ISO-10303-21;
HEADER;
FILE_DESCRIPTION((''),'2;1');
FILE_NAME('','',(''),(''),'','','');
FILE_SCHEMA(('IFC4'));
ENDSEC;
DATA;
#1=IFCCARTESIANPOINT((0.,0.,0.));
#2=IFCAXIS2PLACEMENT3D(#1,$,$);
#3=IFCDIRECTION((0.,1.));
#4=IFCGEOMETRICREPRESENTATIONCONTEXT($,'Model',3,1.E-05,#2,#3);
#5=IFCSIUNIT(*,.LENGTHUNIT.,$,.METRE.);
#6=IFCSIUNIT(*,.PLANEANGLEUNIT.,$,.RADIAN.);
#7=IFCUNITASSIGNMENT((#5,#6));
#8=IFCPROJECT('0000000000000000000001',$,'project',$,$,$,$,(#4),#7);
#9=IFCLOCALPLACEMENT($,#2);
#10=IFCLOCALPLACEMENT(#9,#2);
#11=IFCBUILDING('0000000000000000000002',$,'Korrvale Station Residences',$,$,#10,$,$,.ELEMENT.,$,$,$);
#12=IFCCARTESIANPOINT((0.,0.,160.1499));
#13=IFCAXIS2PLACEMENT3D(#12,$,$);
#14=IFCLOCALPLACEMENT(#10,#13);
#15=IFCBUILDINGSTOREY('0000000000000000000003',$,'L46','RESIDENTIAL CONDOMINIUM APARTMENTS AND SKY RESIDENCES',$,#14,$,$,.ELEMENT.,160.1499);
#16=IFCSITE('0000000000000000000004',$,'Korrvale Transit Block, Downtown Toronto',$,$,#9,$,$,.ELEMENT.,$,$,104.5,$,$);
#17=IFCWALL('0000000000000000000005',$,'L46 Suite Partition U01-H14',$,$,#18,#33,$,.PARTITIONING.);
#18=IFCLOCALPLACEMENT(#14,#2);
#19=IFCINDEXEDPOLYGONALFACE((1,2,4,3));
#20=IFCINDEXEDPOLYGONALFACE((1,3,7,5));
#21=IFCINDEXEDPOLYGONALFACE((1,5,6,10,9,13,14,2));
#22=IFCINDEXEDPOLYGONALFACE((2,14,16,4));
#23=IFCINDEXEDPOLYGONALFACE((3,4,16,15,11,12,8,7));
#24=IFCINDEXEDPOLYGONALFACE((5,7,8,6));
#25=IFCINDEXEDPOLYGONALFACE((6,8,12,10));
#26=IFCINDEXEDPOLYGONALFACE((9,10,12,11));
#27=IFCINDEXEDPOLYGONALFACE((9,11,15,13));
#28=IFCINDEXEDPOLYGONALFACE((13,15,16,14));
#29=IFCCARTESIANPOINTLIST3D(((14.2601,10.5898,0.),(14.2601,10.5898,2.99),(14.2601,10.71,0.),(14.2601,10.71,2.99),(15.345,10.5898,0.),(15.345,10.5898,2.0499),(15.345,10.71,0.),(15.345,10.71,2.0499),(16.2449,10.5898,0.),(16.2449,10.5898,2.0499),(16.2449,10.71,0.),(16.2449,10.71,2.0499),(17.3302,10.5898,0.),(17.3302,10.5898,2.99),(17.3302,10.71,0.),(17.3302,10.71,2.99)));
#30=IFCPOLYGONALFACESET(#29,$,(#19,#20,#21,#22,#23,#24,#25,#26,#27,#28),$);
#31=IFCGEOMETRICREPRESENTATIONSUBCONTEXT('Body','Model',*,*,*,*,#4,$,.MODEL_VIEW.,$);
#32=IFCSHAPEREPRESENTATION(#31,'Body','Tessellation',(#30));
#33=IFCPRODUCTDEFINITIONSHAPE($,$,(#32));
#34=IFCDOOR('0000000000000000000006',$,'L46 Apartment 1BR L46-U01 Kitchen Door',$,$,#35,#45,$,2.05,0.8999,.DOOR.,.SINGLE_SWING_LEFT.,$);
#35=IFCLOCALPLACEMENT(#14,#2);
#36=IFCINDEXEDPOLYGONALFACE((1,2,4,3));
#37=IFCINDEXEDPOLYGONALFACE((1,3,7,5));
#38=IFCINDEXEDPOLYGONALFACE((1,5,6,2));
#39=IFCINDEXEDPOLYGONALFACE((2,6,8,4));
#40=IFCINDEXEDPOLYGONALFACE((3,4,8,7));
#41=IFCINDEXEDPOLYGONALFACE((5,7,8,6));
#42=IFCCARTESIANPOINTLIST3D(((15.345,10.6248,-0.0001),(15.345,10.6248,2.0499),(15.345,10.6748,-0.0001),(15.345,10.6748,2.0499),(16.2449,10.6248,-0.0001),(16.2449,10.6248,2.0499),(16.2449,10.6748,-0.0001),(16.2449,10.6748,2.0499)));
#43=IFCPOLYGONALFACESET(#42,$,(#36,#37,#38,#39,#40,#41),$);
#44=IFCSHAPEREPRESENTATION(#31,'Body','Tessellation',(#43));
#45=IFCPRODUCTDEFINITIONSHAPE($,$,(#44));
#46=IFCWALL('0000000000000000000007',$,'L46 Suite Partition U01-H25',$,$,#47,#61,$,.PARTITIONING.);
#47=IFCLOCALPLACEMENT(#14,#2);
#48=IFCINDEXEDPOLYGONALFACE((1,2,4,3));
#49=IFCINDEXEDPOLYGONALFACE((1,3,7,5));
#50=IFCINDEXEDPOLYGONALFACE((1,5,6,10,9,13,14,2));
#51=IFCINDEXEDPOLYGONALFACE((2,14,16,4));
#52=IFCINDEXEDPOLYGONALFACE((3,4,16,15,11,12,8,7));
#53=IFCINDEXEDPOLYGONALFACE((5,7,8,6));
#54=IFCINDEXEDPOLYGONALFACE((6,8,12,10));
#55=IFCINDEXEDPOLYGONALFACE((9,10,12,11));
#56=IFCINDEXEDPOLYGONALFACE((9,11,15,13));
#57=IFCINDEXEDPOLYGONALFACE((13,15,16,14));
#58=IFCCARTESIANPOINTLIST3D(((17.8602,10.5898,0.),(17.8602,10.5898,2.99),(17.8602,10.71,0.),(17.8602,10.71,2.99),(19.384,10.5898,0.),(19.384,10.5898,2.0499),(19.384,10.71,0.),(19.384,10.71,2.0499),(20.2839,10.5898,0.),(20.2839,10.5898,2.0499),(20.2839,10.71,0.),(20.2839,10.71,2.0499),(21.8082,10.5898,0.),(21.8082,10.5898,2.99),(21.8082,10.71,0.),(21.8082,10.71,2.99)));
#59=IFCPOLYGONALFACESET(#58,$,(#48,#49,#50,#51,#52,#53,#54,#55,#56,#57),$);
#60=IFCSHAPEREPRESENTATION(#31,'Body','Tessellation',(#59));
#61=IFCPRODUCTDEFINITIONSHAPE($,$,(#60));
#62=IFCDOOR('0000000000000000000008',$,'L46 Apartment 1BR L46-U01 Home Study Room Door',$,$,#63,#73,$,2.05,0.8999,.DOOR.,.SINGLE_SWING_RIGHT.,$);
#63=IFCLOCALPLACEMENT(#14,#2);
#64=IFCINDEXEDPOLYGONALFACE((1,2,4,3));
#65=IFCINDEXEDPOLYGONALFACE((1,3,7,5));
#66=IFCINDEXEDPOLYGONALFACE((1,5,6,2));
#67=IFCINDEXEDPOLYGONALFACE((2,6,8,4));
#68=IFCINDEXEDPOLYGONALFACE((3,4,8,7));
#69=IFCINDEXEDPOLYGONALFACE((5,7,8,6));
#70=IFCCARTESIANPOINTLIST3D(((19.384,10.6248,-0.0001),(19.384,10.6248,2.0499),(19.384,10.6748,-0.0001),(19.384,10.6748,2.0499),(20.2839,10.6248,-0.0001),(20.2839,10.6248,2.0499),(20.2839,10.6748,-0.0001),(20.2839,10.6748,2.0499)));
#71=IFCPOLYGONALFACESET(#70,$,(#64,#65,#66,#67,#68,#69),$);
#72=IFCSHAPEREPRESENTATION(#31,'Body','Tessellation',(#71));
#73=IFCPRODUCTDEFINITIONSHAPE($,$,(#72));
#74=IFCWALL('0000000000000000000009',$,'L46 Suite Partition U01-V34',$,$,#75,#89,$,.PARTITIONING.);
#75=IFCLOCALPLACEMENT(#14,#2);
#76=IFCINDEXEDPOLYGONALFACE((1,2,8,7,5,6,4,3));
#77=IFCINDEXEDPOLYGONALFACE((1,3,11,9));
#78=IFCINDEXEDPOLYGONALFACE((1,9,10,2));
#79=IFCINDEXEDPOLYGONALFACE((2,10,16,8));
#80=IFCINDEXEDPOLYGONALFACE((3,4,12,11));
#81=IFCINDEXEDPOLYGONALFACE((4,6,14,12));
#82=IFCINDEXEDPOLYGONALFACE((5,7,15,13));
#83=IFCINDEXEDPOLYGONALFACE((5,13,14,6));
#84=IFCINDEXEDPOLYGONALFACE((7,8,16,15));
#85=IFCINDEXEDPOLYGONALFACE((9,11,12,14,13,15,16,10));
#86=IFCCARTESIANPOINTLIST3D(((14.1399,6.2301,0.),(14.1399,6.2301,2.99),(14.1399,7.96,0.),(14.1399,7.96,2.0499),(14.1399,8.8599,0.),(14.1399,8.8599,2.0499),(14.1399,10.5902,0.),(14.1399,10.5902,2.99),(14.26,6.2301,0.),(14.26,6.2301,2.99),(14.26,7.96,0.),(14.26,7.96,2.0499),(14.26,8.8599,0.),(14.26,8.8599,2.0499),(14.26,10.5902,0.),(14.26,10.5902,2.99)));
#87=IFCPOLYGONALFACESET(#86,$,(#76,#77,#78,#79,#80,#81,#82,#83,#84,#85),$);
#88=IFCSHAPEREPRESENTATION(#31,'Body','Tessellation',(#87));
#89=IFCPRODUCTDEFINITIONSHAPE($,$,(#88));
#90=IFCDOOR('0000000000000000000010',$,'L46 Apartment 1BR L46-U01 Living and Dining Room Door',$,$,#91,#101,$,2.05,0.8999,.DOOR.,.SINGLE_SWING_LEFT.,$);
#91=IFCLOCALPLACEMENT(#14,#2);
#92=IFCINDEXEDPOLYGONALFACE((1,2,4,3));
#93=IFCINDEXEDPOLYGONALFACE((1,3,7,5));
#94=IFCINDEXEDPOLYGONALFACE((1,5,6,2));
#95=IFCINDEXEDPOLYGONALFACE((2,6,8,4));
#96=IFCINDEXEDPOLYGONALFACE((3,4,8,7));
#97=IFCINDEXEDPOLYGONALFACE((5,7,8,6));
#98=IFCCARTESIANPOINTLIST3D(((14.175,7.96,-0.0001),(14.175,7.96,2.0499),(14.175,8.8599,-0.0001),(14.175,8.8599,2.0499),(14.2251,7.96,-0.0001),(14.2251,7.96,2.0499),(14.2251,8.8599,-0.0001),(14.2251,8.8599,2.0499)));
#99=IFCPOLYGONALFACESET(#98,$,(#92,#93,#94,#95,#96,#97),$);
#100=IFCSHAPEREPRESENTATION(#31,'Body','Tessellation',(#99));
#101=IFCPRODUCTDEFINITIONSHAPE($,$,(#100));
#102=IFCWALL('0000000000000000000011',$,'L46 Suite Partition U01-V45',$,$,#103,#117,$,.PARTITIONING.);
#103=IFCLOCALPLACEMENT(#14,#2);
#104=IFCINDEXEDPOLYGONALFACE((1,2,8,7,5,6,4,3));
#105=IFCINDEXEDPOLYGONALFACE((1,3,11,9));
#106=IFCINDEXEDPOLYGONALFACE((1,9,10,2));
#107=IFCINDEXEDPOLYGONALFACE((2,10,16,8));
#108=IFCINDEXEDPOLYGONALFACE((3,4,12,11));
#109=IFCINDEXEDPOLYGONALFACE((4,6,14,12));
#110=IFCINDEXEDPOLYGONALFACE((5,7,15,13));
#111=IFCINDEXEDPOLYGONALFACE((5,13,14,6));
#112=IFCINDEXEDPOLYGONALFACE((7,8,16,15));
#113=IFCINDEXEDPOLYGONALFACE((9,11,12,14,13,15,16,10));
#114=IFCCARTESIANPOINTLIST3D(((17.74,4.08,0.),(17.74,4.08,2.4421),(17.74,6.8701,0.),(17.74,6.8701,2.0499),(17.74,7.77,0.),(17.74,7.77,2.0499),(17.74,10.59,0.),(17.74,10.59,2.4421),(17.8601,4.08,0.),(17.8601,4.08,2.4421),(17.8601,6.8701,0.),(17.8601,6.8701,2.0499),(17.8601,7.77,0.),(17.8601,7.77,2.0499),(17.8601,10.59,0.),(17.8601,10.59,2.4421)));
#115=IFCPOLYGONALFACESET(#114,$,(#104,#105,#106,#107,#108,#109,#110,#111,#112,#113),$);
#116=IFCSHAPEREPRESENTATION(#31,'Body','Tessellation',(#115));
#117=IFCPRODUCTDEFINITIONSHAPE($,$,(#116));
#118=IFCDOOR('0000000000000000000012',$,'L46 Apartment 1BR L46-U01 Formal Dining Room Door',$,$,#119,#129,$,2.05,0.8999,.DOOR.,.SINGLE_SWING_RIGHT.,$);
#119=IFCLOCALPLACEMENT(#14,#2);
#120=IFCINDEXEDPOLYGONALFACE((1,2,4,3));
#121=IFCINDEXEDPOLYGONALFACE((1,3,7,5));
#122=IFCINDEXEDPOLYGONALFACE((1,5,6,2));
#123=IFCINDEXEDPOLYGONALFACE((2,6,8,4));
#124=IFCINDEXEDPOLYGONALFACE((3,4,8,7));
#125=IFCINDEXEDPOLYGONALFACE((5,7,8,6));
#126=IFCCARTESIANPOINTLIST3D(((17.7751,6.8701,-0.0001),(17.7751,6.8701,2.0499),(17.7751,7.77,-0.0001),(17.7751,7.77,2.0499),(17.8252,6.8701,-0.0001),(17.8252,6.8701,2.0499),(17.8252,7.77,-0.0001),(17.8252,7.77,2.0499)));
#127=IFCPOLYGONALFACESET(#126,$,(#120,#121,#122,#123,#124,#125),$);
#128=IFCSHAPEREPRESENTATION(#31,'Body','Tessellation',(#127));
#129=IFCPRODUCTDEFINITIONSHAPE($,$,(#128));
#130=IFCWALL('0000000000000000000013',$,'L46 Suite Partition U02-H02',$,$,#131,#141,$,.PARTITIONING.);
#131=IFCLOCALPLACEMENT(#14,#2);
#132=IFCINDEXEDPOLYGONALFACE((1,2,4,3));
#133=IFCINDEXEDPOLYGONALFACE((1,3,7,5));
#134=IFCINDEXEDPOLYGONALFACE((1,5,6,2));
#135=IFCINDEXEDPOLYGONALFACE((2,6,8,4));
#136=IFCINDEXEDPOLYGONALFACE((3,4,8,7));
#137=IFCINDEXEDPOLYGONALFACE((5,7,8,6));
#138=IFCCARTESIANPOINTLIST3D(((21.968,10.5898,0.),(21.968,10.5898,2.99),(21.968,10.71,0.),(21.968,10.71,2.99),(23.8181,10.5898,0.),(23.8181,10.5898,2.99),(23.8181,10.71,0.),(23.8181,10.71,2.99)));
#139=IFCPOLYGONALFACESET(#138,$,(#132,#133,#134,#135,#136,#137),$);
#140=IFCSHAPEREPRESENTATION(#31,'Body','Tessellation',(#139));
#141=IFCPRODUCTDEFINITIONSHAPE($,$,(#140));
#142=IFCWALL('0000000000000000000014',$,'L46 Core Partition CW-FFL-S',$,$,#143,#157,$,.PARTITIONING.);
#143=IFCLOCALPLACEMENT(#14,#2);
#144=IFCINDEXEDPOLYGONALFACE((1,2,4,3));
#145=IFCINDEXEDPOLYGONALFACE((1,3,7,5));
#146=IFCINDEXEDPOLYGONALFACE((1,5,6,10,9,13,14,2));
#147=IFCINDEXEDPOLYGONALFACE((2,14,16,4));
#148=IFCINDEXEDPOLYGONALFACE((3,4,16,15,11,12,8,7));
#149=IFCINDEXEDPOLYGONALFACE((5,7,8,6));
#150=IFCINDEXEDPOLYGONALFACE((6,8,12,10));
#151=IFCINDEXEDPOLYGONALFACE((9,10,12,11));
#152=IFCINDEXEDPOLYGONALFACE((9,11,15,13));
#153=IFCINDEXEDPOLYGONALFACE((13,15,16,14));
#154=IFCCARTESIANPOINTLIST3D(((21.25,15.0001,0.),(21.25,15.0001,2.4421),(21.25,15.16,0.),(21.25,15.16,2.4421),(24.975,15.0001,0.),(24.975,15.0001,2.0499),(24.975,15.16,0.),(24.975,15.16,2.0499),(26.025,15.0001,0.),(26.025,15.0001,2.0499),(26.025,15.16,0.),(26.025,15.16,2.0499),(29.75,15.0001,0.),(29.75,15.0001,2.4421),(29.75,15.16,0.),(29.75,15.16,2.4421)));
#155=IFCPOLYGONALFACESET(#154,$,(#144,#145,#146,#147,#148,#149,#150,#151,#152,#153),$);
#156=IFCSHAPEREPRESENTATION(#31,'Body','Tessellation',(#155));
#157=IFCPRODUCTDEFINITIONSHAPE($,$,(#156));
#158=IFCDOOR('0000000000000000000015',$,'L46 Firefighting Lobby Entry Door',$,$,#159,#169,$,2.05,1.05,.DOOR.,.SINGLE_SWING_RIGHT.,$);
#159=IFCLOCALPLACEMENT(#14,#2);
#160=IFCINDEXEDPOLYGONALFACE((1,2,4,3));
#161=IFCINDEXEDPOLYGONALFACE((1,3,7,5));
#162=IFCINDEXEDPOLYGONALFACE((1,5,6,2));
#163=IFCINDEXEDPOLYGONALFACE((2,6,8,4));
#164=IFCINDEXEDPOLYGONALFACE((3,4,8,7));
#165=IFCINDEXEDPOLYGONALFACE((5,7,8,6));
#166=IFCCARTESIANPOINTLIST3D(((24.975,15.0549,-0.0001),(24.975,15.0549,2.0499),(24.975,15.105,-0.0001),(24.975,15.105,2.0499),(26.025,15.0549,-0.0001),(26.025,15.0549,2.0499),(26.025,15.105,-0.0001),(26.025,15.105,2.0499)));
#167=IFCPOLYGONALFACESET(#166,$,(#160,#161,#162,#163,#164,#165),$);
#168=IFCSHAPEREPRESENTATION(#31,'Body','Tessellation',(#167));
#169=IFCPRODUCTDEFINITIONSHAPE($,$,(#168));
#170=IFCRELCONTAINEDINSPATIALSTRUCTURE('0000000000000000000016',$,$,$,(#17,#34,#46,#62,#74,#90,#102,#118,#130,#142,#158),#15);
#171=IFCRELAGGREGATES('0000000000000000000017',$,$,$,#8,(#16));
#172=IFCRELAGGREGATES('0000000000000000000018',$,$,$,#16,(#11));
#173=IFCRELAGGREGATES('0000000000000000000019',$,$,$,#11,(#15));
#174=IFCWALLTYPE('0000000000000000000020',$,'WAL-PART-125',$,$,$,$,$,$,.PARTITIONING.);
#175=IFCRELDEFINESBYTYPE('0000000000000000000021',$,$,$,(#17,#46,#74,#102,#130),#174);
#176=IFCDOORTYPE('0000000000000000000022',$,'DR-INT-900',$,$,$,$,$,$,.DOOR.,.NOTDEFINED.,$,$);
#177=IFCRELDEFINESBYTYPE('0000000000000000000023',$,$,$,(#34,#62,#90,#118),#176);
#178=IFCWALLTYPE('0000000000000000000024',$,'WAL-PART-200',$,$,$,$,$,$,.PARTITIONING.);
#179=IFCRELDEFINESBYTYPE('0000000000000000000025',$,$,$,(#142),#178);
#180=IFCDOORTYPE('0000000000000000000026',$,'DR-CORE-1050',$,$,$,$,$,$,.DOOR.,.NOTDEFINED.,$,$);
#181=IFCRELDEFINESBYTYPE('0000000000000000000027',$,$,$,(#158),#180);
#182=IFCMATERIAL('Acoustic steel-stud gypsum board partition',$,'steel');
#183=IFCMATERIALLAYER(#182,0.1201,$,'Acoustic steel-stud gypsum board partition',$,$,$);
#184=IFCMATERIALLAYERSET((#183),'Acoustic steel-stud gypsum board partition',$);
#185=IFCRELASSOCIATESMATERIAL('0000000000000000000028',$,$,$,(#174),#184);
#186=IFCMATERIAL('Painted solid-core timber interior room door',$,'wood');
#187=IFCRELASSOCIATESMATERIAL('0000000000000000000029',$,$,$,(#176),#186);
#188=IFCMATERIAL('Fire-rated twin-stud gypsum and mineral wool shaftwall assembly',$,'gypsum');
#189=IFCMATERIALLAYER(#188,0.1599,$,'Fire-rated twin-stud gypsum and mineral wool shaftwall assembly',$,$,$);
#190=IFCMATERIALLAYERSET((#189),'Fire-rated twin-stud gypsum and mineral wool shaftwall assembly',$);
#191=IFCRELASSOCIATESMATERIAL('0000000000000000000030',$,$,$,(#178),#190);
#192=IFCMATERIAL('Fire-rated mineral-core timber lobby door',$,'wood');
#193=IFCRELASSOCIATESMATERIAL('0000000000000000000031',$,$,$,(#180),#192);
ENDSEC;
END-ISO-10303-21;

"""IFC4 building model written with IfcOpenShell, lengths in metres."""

from ifc_helpers import new_model, si_unit, direction, frame, frame_2d, origin, place, context, subcontext, project, spatial, rectangle, extrude, material, layer, layer_set, type_object, element, fill, save


model = new_model("IFC4")

# Units and contexts
model_context = context("Model", 3, precision=1e-05, world=origin(), true_north=direction((0.0, 1.0)))
body_context = subcontext(model_context, "Body", "Model", "MODEL_VIEW")
ifc_project = project(units=[si_unit("LENGTHUNIT", "METRE"), si_unit("PLANEANGLEUNIT", "RADIAN")], contexts=[model_context])

# Site, building, storey
site_placement = place(None, origin())
site = spatial("IfcSite", under=ifc_project, at=site_placement, Name="Korrvale Transit Block, Downtown Toronto", CompositionType="ELEMENT", RefElevation=104.5)
building_placement = place(site_placement, origin())
building = spatial("IfcBuilding", under=site, at=building_placement, Name="Korrvale Station Residences", CompositionType="ELEMENT")
storey_placement = place(building_placement, frame((0.0, 0.0, 160.1499)))
storey = spatial("IfcBuildingStorey", under=building, at=storey_placement, Name="L46", Description="RESIDENTIAL CONDOMINIUM APARTMENTS AND SKY RESIDENCES", CompositionType="ELEMENT", Elevation=160.1499)

# Walls, openings, doors
ifc_material_1 = material(Name="Acoustic steel-stud gypsum board partition", Category="steel")
ifc_layer_1 = layer(ifc_material_1, 0.1201, Name="Acoustic steel-stud gypsum board partition")
ifc_layer_set_1 = layer_set([ifc_layer_1], Name="Acoustic steel-stud gypsum board partition")
wall_type_1 = type_object("IfcWallType", Name="WAL-PART-125", PredefinedType="PARTITIONING", material=ifc_layer_set_1)
ifc_material_2 = material(Name="Painted solid-core timber interior room door", Category="wood")
door_type_1 = type_object("IfcDoorType", Name="DR-INT-900", OperationType="NOTDEFINED", PredefinedType="DOOR", material=ifc_material_2)
wall_1_placement = place(storey_placement, frame((14.26, 10.6499, 0.0), z_axis=(0.0, 0.0, 1.0), x_axis=(1.0, 0.0, 0.0)))
wall_1 = element("IfcWall", 1, at=wall_1_placement, inside=storey, type_object=wall_type_1, Name="L46 Suite Partition U01-H14", PredefinedType="PARTITIONING", context=body_context, shape_type="SweptSolid", body=[
    extrude(rectangle(XDim=3.0701, YDim=0.1201, at=frame_2d((1.5352, 0.0))), origin(), (0.0, 0.0, 1.0), 2.99),
])
opening_1_placement = place(wall_1_placement, frame((1.085, 0.0, 0.0)))
opening_1 = element("IfcOpeningElement", 2, at=opening_1_placement, cuts=wall_1, PredefinedType="OPENING", context=body_context, shape_type="SweptSolid", body=[
    extrude(rectangle(XDim=0.8999, YDim=2.05, at=frame_2d((0.45, 1.0249))), frame((0.0, 0.0701, 0.0), z_axis=(0.0, -1.0, 0.0), x_axis=(1.0, 0.0, 0.0)), (0.0, 0.0, 1.0), 0.1401),
])
door_1_placement = place(opening_1_placement, origin())
door_1 = element("IfcDoor", 3, at=door_1_placement, inside=storey, type_object=door_type_1, Name="L46 Apartment 1BR L46-U01 Kitchen Door", OperationType="SINGLE_SWING_LEFT", OverallHeight=2.05, OverallWidth=0.8999, PredefinedType="DOOR", context=body_context, shape_type="SweptSolid", body=[
    extrude(rectangle(XDim=0.8999, YDim=2.05, at=frame_2d((0.45, 1.0249))), frame((0.0, 0.0249, 0.0), z_axis=(0.0, -1.0, 0.0), x_axis=(1.0, 0.0, 0.0)), (0.0, 0.0, 1.0), 0.05),
])
fill(opening_1, door_1)
wall_2_placement = place(storey_placement, frame((17.8601, 10.6499, 0.0), z_axis=(0.0, 0.0, 1.0), x_axis=(1.0, 0.0, 0.0)))
wall_2 = element("IfcWall", 4, at=wall_2_placement, inside=storey, type_object=wall_type_1, Name="L46 Suite Partition U01-H25", PredefinedType="PARTITIONING", context=body_context, shape_type="SweptSolid", body=[
    extrude(rectangle(XDim=3.948, YDim=0.1201, at=frame_2d((1.9741, 0.0))), origin(), (0.0, 0.0, 1.0), 2.99),
])
opening_2_placement = place(wall_2_placement, frame((1.5239, 0.0, 0.0)))
opening_2 = element("IfcOpeningElement", 5, at=opening_2_placement, cuts=wall_2, PredefinedType="OPENING", context=body_context, shape_type="SweptSolid", body=[
    extrude(rectangle(XDim=0.8999, YDim=2.05, at=frame_2d((0.45, 1.0249))), frame((0.0, 0.0701, 0.0), z_axis=(0.0, -1.0, 0.0), x_axis=(1.0, 0.0, 0.0)), (0.0, 0.0, 1.0), 0.1401),
])
door_2_placement = place(opening_2_placement, origin())
door_2 = element("IfcDoor", 6, at=door_2_placement, inside=storey, type_object=door_type_1, Name="L46 Apartment 1BR L46-U01 Home Study Room Door", OperationType="SINGLE_SWING_RIGHT", OverallHeight=2.05, OverallWidth=0.8999, PredefinedType="DOOR", context=body_context, shape_type="SweptSolid", body=[
    extrude(rectangle(XDim=0.8999, YDim=2.05, at=frame_2d((0.45, 1.0249))), frame((0.0, 0.0249, 0.0), z_axis=(0.0, -1.0, 0.0), x_axis=(1.0, 0.0, 0.0)), (0.0, 0.0, 1.0), 0.05),
])
fill(opening_2, door_2)
wall_3_placement = place(storey_placement, frame((14.2, 6.23, 0.0), z_axis=(0.0, 0.0, 1.0), x_axis=(0.0, 1.0, 0.0)))
wall_3 = element("IfcWall", 7, at=wall_3_placement, inside=storey, type_object=wall_type_1, Name="L46 Suite Partition U01-V34", PredefinedType="PARTITIONING", context=body_context, shape_type="SweptSolid", body=[
    extrude(rectangle(XDim=4.3601, YDim=0.1201, at=frame_2d((2.1802, 0.0))), origin(), (0.0, 0.0, 1.0), 2.99),
])
opening_3_placement = place(wall_3_placement, frame((1.73, 0.0, 0.0)))
opening_3 = element("IfcOpeningElement", 8, at=opening_3_placement, cuts=wall_3, PredefinedType="OPENING", context=body_context, shape_type="SweptSolid", body=[
    extrude(rectangle(XDim=0.8999, YDim=2.05, at=frame_2d((0.45, 1.0249))), frame((0.0, 0.0701, 0.0), z_axis=(0.0, -1.0, 0.0), x_axis=(1.0, 0.0, 0.0)), (0.0, 0.0, 1.0), 0.1401),
])
door_3_placement = place(opening_3_placement, origin())
door_3 = element("IfcDoor", 9, at=door_3_placement, inside=storey, type_object=door_type_1, Name="L46 Apartment 1BR L46-U01 Living and Dining Room Door", OperationType="SINGLE_SWING_LEFT", OverallHeight=2.05, OverallWidth=0.8999, PredefinedType="DOOR", context=body_context, shape_type="SweptSolid", body=[
    extrude(rectangle(XDim=0.8999, YDim=2.05, at=frame_2d((0.45, 1.0249))), frame((0.0, 0.0249, 0.0), z_axis=(0.0, -1.0, 0.0), x_axis=(1.0, 0.0, 0.0)), (0.0, 0.0, 1.0), 0.05),
])
fill(opening_3, door_3)
wall_4_placement = place(storey_placement, frame((17.8, 4.0801, 0.0), z_axis=(0.0, 0.0, 1.0), x_axis=(0.0, 1.0, 0.0)))
wall_4 = element("IfcWall", 10, at=wall_4_placement, inside=storey, type_object=wall_type_1, Name="L46 Suite Partition U01-V45", PredefinedType="PARTITIONING", context=body_context, shape_type="SweptSolid", body=[
    extrude(rectangle(XDim=6.51, YDim=0.1201, at=frame_2d((3.2549, 0.0))), origin(), (0.0, 0.0, 1.0), 2.4421),
])
opening_4_placement = place(wall_4_placement, frame((2.79, 0.0, 0.0)))
opening_4 = element("IfcOpeningElement", 11, at=opening_4_placement, cuts=wall_4, PredefinedType="OPENING", context=body_context, shape_type="SweptSolid", body=[
    extrude(rectangle(XDim=0.8999, YDim=2.05, at=frame_2d((0.45, 1.0249))), frame((0.0, 0.0701, 0.0), z_axis=(0.0, -1.0, 0.0), x_axis=(1.0, 0.0, 0.0)), (0.0, 0.0, 1.0), 0.1401),
])
door_4_placement = place(opening_4_placement, origin())
door_4 = element("IfcDoor", 12, at=door_4_placement, inside=storey, type_object=door_type_1, Name="L46 Apartment 1BR L46-U01 Formal Dining Room Door", OperationType="SINGLE_SWING_RIGHT", OverallHeight=2.05, OverallWidth=0.8999, PredefinedType="DOOR", context=body_context, shape_type="SweptSolid", body=[
    extrude(rectangle(XDim=0.8999, YDim=2.05, at=frame_2d((0.45, 1.0249))), frame((0.0, 0.0249, 0.0), z_axis=(0.0, -1.0, 0.0), x_axis=(1.0, 0.0, 0.0)), (0.0, 0.0, 1.0), 0.05),
])
fill(opening_4, door_4)

# Wall
wall_5_placement = place(storey_placement, frame((21.968, 10.6499, 0.0), z_axis=(0.0, 0.0, 1.0), x_axis=(1.0, 0.0, 0.0)))
element("IfcWall", 13, at=wall_5_placement, inside=storey, type_object=wall_type_1, Name="L46 Suite Partition U02-H02", PredefinedType="PARTITIONING", context=body_context, shape_type="SweptSolid", body=[
    extrude(rectangle(XDim=1.8501, YDim=0.1201, at=frame_2d((0.925, 0.0))), origin(), (0.0, 0.0, 1.0), 2.99),
])

# Wall, opening, door
ifc_material_3 = material(Name="Fire-rated twin-stud gypsum and mineral wool shaftwall assembly", Category="gypsum")
ifc_layer_2 = layer(ifc_material_3, 0.1599, Name="Fire-rated twin-stud gypsum and mineral wool shaftwall assembly")
ifc_layer_set_2 = layer_set([ifc_layer_2], Name="Fire-rated twin-stud gypsum and mineral wool shaftwall assembly")
wall_type_2 = type_object("IfcWallType", Name="WAL-PART-200", PredefinedType="PARTITIONING", material=ifc_layer_set_2)
wall_6_placement = place(storey_placement, frame((21.25, 15.0801, 0.0), z_axis=(0.0, 0.0, 1.0), x_axis=(1.0, 0.0, 0.0)))
wall_6 = element("IfcWall", 14, at=wall_6_placement, inside=storey, type_object=wall_type_2, Name="L46 Core Partition CW-FFL-S", PredefinedType="PARTITIONING", context=body_context, shape_type="SweptSolid", body=[
    extrude(rectangle(XDim=8.5, YDim=0.1599, at=frame_2d((4.25, 0.0))), origin(), (0.0, 0.0, 1.0), 2.4421),
])
opening_5_placement = place(wall_6_placement, frame((3.7251, 0.0, 0.0)))
opening_5 = element("IfcOpeningElement", 15, at=opening_5_placement, cuts=wall_6, PredefinedType="OPENING", context=body_context, shape_type="SweptSolid", body=[
    extrude(rectangle(XDim=1.05, YDim=2.05, at=frame_2d((0.5249, 1.0249))), frame((0.0, 0.0898, 0.0), z_axis=(0.0, -1.0, 0.0), x_axis=(1.0, 0.0, 0.0)), (0.0, 0.0, 1.0), 0.1799),
])
ifc_material_4 = material(Name="Fire-rated mineral-core timber lobby door", Category="wood")
door_type_2 = type_object("IfcDoorType", Name="DR-CORE-1050", OperationType="NOTDEFINED", PredefinedType="DOOR", material=ifc_material_4)
door_5_placement = place(opening_5_placement, origin())
door_5 = element("IfcDoor", 16, at=door_5_placement, inside=storey, type_object=door_type_2, Name="L46 Firefighting Lobby Entry Door", OperationType="SINGLE_SWING_RIGHT", OverallHeight=2.05, OverallWidth=1.05, PredefinedType="DOOR", context=body_context, shape_type="SweptSolid", body=[
    extrude(rectangle(XDim=1.05, YDim=2.05, at=frame_2d((0.5249, 1.0249))), frame((0.0, 0.0249, 0.0), z_axis=(0.0, -1.0, 0.0), x_axis=(1.0, 0.0, 0.0)), (0.0, 0.0, 1.0), 0.05),
])
fill(opening_5, door_5)

save(model, "model.ifc")
